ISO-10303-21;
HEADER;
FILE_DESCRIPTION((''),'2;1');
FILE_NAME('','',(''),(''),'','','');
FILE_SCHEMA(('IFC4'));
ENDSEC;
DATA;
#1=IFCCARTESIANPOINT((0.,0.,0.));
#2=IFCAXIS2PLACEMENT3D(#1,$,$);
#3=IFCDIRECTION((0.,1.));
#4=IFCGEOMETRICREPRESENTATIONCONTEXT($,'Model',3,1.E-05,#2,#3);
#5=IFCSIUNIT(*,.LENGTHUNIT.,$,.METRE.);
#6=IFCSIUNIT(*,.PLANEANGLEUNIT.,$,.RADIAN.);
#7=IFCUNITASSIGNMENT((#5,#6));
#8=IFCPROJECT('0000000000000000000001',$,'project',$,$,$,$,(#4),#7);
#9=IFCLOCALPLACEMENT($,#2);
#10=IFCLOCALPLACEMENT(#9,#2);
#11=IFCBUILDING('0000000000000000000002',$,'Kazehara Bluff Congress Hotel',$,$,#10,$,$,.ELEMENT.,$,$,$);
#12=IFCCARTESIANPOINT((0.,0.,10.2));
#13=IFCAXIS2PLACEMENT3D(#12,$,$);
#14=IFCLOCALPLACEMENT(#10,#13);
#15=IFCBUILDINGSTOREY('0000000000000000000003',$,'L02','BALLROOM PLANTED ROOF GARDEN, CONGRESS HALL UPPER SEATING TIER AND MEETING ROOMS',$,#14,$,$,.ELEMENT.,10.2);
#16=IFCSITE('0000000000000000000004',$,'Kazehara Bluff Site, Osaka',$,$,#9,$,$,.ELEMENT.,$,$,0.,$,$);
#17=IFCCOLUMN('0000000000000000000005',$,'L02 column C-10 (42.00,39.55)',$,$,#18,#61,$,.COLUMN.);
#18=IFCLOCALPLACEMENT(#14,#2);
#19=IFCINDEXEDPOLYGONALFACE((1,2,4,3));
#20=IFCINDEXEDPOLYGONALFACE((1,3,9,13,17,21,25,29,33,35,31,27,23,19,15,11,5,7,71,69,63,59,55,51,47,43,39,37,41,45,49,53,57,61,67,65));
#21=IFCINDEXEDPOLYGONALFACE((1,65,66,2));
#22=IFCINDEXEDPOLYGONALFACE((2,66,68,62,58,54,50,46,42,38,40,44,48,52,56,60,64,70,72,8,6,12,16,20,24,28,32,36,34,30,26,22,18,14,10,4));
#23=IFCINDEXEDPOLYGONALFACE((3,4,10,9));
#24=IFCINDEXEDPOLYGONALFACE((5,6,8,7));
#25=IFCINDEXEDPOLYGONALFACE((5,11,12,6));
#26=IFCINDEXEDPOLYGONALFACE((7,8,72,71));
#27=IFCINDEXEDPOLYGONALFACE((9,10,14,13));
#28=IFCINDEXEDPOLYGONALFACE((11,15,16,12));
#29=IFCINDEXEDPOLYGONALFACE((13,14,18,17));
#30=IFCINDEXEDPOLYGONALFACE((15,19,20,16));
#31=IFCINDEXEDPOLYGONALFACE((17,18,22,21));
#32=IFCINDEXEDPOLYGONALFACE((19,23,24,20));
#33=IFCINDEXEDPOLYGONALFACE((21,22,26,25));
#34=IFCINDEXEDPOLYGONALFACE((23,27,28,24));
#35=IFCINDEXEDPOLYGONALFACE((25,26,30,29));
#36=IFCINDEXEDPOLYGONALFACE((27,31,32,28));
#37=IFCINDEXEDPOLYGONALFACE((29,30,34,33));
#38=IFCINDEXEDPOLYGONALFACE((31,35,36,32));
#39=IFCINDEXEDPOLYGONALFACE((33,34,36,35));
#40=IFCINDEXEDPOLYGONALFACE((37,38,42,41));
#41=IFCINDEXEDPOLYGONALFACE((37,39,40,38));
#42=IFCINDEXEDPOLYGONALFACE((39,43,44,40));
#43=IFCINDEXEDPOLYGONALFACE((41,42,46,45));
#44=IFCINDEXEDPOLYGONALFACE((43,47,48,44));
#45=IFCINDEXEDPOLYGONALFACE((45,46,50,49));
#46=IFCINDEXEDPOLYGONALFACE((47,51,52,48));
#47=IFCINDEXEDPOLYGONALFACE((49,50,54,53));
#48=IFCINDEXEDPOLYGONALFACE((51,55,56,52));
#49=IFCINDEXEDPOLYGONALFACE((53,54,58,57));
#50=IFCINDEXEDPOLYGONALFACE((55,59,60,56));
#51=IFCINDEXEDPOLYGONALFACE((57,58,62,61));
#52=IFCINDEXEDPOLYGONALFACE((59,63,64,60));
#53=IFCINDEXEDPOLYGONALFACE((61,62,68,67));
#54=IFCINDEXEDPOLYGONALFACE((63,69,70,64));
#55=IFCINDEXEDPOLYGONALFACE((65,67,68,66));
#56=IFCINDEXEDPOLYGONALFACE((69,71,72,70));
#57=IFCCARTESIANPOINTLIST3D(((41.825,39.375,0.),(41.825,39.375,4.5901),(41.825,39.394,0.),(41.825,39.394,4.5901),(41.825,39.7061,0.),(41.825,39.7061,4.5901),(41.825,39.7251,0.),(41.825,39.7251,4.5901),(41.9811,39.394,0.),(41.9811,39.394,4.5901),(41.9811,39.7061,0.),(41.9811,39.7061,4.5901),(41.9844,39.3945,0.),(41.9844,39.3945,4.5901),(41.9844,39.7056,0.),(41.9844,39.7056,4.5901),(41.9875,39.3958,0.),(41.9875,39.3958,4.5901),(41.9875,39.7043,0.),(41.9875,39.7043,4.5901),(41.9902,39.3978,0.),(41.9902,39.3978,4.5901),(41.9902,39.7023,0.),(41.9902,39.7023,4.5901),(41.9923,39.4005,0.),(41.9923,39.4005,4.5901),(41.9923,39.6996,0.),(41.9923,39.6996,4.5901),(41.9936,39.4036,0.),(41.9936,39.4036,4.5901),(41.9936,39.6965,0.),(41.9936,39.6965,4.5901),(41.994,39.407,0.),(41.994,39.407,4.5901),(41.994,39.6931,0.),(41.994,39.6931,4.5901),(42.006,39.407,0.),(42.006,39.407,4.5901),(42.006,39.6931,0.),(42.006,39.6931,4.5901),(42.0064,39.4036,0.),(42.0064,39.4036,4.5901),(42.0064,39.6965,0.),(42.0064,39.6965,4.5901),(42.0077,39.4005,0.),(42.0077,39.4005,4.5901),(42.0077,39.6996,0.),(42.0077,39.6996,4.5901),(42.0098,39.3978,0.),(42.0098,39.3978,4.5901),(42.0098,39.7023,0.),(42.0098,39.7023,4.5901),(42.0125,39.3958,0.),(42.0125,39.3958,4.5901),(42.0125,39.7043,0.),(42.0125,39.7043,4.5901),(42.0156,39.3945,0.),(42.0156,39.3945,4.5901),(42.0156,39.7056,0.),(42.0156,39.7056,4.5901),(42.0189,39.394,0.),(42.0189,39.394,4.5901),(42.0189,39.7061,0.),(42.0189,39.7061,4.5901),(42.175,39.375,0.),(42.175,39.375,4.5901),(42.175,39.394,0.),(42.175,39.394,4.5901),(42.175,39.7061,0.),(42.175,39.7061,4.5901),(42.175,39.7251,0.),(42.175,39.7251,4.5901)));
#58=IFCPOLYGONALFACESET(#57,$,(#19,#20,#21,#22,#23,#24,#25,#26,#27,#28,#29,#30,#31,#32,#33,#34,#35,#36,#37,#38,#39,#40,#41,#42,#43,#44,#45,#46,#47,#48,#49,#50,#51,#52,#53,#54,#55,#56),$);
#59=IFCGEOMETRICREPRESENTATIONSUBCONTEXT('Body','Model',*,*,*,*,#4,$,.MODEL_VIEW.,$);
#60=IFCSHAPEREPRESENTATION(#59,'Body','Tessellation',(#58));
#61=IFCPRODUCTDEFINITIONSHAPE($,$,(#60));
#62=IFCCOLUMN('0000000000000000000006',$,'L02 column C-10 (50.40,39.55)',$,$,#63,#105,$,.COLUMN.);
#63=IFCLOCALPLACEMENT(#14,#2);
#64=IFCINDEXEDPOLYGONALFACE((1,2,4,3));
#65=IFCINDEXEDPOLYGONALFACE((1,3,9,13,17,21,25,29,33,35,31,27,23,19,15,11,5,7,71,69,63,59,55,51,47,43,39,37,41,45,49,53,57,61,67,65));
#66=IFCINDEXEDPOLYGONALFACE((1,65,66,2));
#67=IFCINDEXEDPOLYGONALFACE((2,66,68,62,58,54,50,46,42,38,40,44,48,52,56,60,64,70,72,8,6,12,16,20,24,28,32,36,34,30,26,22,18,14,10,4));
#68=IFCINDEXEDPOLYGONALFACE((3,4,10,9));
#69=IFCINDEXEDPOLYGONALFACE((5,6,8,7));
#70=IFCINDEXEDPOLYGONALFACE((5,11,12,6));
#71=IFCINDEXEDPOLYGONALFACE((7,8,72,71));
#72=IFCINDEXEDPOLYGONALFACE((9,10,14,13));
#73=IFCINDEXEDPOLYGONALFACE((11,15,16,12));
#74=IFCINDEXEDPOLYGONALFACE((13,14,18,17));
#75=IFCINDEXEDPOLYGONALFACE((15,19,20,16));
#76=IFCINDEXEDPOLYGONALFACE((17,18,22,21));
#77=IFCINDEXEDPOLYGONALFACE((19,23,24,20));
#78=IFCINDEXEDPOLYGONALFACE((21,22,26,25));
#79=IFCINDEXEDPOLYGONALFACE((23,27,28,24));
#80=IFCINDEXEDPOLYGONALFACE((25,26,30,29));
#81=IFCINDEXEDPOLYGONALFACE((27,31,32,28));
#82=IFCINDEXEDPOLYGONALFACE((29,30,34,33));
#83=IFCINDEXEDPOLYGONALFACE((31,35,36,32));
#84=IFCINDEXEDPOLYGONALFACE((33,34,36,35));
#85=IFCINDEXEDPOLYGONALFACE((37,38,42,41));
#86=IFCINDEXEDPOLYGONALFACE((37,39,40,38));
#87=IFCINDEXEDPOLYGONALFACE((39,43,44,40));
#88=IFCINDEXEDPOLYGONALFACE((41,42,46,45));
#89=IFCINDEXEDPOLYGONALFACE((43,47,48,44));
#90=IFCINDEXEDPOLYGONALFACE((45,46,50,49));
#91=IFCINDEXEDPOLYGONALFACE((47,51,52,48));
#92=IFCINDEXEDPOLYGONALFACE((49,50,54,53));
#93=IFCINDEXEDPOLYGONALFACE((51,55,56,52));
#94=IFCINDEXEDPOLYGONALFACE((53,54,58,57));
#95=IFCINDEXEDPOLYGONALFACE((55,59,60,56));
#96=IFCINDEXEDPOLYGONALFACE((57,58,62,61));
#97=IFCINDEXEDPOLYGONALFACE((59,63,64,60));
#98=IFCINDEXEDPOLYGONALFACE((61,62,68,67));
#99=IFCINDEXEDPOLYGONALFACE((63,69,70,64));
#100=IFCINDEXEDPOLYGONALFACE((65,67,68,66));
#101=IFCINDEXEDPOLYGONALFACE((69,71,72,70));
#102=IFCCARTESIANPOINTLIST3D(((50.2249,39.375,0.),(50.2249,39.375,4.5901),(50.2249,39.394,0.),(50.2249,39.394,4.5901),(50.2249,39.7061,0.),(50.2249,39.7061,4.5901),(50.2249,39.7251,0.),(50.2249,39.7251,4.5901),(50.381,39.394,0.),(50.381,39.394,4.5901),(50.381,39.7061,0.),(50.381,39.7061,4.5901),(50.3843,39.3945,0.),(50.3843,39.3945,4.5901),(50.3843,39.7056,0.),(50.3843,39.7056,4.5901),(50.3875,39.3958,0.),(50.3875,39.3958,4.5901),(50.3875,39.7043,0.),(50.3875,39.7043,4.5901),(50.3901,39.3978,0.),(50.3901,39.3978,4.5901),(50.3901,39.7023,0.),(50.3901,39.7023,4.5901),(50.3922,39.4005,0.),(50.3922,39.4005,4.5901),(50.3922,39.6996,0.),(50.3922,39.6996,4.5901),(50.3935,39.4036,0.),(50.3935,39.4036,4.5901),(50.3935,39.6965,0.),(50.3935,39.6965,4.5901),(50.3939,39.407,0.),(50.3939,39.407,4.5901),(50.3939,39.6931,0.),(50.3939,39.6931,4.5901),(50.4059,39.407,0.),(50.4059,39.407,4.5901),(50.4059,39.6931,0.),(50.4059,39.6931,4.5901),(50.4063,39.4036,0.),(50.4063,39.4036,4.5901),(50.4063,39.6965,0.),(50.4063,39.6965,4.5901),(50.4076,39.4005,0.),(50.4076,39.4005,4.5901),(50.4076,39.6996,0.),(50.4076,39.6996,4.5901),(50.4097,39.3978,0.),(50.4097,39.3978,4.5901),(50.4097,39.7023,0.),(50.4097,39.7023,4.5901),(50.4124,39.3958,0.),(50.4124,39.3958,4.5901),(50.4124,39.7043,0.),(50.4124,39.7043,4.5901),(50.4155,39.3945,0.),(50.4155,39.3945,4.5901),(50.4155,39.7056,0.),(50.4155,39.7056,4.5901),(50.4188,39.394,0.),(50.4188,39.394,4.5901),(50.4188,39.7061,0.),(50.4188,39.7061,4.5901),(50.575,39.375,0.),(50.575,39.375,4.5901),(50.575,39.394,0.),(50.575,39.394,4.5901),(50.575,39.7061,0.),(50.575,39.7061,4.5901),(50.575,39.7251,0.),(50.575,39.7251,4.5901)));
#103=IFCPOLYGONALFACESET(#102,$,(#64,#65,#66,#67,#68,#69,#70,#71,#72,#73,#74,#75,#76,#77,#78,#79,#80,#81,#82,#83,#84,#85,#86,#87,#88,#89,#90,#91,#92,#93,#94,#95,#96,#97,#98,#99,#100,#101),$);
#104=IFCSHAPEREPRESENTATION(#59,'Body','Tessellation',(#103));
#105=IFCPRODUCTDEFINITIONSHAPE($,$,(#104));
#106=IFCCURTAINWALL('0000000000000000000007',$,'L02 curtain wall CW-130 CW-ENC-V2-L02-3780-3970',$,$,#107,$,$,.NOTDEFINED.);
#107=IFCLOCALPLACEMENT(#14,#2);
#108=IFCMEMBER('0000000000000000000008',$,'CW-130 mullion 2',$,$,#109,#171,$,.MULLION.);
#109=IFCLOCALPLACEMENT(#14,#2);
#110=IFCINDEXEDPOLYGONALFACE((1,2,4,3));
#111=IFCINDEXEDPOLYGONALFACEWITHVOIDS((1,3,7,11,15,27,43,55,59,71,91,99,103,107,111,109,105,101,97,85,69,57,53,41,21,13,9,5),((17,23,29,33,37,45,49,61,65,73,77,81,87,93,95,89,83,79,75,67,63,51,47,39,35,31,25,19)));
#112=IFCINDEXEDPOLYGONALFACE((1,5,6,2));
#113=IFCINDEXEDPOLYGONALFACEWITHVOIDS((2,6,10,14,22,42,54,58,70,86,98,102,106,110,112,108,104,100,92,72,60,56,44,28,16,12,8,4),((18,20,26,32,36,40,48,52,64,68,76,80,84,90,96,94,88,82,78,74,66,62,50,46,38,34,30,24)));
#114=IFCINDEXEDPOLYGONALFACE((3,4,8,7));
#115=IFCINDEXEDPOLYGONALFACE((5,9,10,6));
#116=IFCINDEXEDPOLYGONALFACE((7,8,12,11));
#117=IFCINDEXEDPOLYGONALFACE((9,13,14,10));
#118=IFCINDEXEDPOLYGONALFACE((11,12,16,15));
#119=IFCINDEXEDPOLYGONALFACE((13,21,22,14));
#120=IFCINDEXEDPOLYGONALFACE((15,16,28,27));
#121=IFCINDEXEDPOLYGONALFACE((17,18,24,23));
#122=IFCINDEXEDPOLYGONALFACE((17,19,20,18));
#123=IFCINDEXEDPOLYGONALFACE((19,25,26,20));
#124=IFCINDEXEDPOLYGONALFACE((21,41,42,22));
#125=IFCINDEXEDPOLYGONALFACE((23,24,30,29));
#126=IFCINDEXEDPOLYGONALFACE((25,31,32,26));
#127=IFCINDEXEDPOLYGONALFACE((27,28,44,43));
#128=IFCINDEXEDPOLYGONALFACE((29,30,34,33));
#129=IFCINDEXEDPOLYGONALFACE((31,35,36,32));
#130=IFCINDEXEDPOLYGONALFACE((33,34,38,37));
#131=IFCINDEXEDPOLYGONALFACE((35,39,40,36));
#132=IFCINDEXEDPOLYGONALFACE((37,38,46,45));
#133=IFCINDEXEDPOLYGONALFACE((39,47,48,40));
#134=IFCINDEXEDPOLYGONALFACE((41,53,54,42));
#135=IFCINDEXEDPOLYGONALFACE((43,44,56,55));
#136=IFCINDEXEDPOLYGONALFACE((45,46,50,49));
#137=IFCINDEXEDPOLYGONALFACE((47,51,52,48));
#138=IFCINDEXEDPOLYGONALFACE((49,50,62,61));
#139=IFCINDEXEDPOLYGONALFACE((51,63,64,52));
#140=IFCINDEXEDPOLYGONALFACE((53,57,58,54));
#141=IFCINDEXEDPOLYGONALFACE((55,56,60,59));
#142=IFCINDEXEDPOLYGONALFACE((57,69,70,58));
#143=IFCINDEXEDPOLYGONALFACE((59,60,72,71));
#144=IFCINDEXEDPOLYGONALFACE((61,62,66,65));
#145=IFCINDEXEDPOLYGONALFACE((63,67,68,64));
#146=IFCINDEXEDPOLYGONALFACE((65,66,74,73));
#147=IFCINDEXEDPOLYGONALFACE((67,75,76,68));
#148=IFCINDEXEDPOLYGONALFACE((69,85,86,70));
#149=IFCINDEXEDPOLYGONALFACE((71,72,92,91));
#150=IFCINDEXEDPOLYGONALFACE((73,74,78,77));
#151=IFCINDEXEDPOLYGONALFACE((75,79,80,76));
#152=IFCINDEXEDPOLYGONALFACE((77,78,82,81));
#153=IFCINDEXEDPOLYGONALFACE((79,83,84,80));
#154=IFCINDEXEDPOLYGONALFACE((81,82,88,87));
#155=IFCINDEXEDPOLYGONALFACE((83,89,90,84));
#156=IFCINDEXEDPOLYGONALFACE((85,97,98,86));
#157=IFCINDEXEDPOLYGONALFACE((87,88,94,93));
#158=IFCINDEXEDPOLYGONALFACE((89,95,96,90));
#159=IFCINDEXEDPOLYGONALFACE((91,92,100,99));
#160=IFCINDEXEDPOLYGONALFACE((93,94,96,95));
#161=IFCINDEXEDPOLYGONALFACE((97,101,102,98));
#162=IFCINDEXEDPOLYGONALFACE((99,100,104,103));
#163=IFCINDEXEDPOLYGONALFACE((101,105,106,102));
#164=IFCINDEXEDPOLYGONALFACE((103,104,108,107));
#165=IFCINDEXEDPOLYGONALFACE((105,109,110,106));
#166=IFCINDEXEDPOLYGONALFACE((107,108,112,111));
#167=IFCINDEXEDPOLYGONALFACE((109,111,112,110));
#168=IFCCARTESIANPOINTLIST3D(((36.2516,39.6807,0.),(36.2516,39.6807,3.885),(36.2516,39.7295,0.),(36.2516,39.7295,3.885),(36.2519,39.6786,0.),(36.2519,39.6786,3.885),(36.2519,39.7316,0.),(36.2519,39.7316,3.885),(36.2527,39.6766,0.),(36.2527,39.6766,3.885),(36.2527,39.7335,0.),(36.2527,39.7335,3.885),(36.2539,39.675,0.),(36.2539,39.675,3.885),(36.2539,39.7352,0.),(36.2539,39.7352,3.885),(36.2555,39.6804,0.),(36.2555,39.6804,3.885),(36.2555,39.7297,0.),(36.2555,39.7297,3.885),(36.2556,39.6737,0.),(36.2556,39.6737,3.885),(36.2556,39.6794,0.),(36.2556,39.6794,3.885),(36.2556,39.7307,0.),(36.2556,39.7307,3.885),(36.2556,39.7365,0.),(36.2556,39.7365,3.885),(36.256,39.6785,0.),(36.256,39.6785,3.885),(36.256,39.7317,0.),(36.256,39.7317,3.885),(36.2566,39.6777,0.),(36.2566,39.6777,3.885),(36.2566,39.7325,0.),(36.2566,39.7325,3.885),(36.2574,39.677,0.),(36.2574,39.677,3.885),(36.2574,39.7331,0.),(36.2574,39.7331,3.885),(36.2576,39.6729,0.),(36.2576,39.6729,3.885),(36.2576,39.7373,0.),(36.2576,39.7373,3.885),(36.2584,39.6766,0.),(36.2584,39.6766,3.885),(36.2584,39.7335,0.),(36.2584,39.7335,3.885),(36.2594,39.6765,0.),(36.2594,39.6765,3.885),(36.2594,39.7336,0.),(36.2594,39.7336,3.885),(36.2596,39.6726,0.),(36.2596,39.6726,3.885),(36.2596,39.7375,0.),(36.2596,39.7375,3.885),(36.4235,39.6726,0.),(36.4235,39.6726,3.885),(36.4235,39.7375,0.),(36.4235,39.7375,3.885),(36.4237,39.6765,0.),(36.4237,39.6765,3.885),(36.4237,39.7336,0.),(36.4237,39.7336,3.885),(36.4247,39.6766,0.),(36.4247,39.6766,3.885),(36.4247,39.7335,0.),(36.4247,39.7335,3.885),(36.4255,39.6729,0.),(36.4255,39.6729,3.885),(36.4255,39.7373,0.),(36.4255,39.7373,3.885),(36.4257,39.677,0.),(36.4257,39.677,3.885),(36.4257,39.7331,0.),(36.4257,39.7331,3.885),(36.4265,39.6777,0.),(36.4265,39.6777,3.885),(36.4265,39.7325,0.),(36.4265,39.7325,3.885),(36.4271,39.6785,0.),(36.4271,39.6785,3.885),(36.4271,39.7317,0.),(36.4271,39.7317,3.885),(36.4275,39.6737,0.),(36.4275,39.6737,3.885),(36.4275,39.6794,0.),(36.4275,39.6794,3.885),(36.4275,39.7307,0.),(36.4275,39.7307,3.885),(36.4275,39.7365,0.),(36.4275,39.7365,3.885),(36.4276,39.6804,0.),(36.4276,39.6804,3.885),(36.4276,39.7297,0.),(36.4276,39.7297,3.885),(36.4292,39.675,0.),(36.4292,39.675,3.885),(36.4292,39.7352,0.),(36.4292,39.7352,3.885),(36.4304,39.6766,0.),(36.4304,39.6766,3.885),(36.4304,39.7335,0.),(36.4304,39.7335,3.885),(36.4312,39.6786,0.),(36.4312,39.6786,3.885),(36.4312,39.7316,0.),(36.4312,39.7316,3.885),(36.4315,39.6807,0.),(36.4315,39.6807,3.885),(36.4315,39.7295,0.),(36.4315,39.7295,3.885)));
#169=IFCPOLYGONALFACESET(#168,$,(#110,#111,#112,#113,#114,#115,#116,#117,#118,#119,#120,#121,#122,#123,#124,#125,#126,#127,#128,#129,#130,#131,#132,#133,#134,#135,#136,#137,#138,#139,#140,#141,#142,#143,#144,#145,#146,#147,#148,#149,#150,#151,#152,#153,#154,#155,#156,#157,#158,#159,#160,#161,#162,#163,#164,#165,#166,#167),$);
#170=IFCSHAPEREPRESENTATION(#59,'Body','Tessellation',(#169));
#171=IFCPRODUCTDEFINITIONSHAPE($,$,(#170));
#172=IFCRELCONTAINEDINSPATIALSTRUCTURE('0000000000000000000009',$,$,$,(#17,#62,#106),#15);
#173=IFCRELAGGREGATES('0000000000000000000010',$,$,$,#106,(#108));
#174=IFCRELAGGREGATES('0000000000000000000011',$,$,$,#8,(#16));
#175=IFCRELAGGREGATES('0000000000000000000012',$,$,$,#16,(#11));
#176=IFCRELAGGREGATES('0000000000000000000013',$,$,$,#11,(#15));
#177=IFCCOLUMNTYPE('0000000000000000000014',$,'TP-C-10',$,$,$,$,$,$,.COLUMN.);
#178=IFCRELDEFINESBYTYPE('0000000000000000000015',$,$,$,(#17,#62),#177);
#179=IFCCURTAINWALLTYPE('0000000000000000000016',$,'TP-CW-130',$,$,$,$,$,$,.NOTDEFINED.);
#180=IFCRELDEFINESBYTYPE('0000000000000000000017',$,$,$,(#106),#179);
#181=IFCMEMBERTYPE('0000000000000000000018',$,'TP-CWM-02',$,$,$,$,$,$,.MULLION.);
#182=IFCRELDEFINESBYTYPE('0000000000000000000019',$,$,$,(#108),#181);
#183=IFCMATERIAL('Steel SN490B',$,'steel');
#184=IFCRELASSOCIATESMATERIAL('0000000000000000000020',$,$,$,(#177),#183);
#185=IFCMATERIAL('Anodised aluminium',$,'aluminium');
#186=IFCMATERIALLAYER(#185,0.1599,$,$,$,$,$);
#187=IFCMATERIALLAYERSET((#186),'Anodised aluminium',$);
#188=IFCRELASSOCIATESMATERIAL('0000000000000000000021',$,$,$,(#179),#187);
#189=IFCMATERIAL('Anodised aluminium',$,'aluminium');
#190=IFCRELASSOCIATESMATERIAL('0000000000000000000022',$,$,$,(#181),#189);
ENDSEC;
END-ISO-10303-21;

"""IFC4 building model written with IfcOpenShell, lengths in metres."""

from ifc_helpers import new_model, si_unit, direction, frame, origin, origin_2d, place, context, subcontext, project, spatial, hollow_rectangle, i_section, extrude, material, layer, layer_set, material_profile, profile_set, type_object, element, aggregate, save


model = new_model("IFC4")

# Units and contexts
model_context = context("Model", 3, precision=1e-05, world=origin(), true_north=direction((0.0, 1.0)))
body_context = subcontext(model_context, "Body", "Model", "MODEL_VIEW")
ifc_project = project(units=[si_unit("LENGTHUNIT", "METRE"), si_unit("PLANEANGLEUNIT", "RADIAN")], contexts=[model_context])

# Site, building, storey
site_placement = place(None, origin())
site = spatial("IfcSite", under=ifc_project, at=site_placement, Name="Kazehara Bluff Site, Osaka", CompositionType="ELEMENT", RefElevation=0.0)
building_placement = place(site_placement, origin())
building = spatial("IfcBuilding", under=site, at=building_placement, Name="Kazehara Bluff Congress Hotel", CompositionType="ELEMENT")
storey_placement = place(building_placement, frame((0.0, 0.0, 10.2)))
storey = spatial("IfcBuildingStorey", under=building, at=storey_placement, Name="L02", Description="BALLROOM PLANTED ROOF GARDEN, CONGRESS HALL UPPER SEATING TIER AND MEETING ROOMS", CompositionType="ELEMENT", Elevation=10.2)

# Columns
ifc_material_1 = material(Name="Steel SN490B", Category="steel")
ifc_material_profile_1 = material_profile(ifc_material_1, i_section(OverallWidth=0.3501, OverallDepth=0.3501, WebThickness=0.012, FlangeThickness=0.019, FilletRadius=0.0129, at=origin_2d()))
ifc_profile_set_1 = profile_set([ifc_material_profile_1], Name="Steel SN490B")
column_type = type_object("IfcColumnType", Name="TP-C-10", PredefinedType="COLUMN", material=ifc_profile_set_1)
for number, where, z_axis, x_axis, name in (
    (1, (42.0, 39.55, 0.0), (0.0, 0.0, 1.0), (1.0, 0.0, 0.0), "L02 column C-10 (42.00,39.55)"),
    (2, (50.3999, 39.55, 0.0), (0.0, 0.0, 1.0), (1.0, 0.0, 0.0), "L02 column C-10 (50.40,39.55)"),
):
    element("IfcColumn", number, at=place(storey_placement, frame(where, z_axis=z_axis, x_axis=x_axis)), inside=storey, type_object=column_type, Name=name, PredefinedType="COLUMN", context=body_context, shape_type="SweptSolid", body=[
        extrude(i_section(OverallWidth=0.3501, OverallDepth=0.3501, WebThickness=0.012, FlangeThickness=0.019, FilletRadius=0.0129, at=origin_2d()), origin(), (0.0, 0.0, 1.0), 4.5901),
    ])

# Curtain wall, member
ifc_material_2 = material(Name="Anodised aluminium", Category="aluminium")
ifc_layer_1 = layer(ifc_material_2, 0.1599)
ifc_layer_set_1 = layer_set([ifc_layer_1], Name="Anodised aluminium")
curtain_wall_type_1 = type_object("IfcCurtainWallType", Name="TP-CW-130", PredefinedType="NOTDEFINED", material=ifc_layer_set_1)
curtain_wall_1_placement = place(storey_placement, origin())
curtain_wall_1 = element("IfcCurtainWall", 3, at=curtain_wall_1_placement, inside=storey, type_object=curtain_wall_type_1, Name="L02 curtain wall CW-130 CW-ENC-V2-L02-3780-3970", PredefinedType="NOTDEFINED")
ifc_material_3 = material(Name="Anodised aluminium", Category="aluminium")
ifc_material_profile_2 = material_profile(ifc_material_3, hollow_rectangle(XDim=0.0649, YDim=0.1799, WallThickness=0.0039, InnerFilletRadius=0.0039, OuterFilletRadius=0.0081, at=origin_2d()))
ifc_profile_set_2 = profile_set([ifc_material_profile_2], Name="Anodised aluminium")
member_type_1 = type_object("IfcMemberType", Name="TP-CWM-02", PredefinedType="MULLION", material=ifc_profile_set_2)
member_1_placement = place(storey_placement, frame((36.3416, 39.7051, 0.0), z_axis=(0.0, 0.0, 1.0), x_axis=(0.0, 1.0, 0.0)))
member_1 = element("IfcMember", 4, at=member_1_placement, type_object=member_type_1, Name="CW-130 mullion 2", PredefinedType="MULLION", context=body_context, shape_type="SweptSolid", body=[
    extrude(hollow_rectangle(XDim=0.0649, YDim=0.1799, WallThickness=0.0039, InnerFilletRadius=0.0039, OuterFilletRadius=0.0081, at=origin_2d()), origin(), (0.0, 0.0, 1.0), 3.885),
])

aggregate(curtain_wall_1, [member_1])

save(model, "model.ifc")
